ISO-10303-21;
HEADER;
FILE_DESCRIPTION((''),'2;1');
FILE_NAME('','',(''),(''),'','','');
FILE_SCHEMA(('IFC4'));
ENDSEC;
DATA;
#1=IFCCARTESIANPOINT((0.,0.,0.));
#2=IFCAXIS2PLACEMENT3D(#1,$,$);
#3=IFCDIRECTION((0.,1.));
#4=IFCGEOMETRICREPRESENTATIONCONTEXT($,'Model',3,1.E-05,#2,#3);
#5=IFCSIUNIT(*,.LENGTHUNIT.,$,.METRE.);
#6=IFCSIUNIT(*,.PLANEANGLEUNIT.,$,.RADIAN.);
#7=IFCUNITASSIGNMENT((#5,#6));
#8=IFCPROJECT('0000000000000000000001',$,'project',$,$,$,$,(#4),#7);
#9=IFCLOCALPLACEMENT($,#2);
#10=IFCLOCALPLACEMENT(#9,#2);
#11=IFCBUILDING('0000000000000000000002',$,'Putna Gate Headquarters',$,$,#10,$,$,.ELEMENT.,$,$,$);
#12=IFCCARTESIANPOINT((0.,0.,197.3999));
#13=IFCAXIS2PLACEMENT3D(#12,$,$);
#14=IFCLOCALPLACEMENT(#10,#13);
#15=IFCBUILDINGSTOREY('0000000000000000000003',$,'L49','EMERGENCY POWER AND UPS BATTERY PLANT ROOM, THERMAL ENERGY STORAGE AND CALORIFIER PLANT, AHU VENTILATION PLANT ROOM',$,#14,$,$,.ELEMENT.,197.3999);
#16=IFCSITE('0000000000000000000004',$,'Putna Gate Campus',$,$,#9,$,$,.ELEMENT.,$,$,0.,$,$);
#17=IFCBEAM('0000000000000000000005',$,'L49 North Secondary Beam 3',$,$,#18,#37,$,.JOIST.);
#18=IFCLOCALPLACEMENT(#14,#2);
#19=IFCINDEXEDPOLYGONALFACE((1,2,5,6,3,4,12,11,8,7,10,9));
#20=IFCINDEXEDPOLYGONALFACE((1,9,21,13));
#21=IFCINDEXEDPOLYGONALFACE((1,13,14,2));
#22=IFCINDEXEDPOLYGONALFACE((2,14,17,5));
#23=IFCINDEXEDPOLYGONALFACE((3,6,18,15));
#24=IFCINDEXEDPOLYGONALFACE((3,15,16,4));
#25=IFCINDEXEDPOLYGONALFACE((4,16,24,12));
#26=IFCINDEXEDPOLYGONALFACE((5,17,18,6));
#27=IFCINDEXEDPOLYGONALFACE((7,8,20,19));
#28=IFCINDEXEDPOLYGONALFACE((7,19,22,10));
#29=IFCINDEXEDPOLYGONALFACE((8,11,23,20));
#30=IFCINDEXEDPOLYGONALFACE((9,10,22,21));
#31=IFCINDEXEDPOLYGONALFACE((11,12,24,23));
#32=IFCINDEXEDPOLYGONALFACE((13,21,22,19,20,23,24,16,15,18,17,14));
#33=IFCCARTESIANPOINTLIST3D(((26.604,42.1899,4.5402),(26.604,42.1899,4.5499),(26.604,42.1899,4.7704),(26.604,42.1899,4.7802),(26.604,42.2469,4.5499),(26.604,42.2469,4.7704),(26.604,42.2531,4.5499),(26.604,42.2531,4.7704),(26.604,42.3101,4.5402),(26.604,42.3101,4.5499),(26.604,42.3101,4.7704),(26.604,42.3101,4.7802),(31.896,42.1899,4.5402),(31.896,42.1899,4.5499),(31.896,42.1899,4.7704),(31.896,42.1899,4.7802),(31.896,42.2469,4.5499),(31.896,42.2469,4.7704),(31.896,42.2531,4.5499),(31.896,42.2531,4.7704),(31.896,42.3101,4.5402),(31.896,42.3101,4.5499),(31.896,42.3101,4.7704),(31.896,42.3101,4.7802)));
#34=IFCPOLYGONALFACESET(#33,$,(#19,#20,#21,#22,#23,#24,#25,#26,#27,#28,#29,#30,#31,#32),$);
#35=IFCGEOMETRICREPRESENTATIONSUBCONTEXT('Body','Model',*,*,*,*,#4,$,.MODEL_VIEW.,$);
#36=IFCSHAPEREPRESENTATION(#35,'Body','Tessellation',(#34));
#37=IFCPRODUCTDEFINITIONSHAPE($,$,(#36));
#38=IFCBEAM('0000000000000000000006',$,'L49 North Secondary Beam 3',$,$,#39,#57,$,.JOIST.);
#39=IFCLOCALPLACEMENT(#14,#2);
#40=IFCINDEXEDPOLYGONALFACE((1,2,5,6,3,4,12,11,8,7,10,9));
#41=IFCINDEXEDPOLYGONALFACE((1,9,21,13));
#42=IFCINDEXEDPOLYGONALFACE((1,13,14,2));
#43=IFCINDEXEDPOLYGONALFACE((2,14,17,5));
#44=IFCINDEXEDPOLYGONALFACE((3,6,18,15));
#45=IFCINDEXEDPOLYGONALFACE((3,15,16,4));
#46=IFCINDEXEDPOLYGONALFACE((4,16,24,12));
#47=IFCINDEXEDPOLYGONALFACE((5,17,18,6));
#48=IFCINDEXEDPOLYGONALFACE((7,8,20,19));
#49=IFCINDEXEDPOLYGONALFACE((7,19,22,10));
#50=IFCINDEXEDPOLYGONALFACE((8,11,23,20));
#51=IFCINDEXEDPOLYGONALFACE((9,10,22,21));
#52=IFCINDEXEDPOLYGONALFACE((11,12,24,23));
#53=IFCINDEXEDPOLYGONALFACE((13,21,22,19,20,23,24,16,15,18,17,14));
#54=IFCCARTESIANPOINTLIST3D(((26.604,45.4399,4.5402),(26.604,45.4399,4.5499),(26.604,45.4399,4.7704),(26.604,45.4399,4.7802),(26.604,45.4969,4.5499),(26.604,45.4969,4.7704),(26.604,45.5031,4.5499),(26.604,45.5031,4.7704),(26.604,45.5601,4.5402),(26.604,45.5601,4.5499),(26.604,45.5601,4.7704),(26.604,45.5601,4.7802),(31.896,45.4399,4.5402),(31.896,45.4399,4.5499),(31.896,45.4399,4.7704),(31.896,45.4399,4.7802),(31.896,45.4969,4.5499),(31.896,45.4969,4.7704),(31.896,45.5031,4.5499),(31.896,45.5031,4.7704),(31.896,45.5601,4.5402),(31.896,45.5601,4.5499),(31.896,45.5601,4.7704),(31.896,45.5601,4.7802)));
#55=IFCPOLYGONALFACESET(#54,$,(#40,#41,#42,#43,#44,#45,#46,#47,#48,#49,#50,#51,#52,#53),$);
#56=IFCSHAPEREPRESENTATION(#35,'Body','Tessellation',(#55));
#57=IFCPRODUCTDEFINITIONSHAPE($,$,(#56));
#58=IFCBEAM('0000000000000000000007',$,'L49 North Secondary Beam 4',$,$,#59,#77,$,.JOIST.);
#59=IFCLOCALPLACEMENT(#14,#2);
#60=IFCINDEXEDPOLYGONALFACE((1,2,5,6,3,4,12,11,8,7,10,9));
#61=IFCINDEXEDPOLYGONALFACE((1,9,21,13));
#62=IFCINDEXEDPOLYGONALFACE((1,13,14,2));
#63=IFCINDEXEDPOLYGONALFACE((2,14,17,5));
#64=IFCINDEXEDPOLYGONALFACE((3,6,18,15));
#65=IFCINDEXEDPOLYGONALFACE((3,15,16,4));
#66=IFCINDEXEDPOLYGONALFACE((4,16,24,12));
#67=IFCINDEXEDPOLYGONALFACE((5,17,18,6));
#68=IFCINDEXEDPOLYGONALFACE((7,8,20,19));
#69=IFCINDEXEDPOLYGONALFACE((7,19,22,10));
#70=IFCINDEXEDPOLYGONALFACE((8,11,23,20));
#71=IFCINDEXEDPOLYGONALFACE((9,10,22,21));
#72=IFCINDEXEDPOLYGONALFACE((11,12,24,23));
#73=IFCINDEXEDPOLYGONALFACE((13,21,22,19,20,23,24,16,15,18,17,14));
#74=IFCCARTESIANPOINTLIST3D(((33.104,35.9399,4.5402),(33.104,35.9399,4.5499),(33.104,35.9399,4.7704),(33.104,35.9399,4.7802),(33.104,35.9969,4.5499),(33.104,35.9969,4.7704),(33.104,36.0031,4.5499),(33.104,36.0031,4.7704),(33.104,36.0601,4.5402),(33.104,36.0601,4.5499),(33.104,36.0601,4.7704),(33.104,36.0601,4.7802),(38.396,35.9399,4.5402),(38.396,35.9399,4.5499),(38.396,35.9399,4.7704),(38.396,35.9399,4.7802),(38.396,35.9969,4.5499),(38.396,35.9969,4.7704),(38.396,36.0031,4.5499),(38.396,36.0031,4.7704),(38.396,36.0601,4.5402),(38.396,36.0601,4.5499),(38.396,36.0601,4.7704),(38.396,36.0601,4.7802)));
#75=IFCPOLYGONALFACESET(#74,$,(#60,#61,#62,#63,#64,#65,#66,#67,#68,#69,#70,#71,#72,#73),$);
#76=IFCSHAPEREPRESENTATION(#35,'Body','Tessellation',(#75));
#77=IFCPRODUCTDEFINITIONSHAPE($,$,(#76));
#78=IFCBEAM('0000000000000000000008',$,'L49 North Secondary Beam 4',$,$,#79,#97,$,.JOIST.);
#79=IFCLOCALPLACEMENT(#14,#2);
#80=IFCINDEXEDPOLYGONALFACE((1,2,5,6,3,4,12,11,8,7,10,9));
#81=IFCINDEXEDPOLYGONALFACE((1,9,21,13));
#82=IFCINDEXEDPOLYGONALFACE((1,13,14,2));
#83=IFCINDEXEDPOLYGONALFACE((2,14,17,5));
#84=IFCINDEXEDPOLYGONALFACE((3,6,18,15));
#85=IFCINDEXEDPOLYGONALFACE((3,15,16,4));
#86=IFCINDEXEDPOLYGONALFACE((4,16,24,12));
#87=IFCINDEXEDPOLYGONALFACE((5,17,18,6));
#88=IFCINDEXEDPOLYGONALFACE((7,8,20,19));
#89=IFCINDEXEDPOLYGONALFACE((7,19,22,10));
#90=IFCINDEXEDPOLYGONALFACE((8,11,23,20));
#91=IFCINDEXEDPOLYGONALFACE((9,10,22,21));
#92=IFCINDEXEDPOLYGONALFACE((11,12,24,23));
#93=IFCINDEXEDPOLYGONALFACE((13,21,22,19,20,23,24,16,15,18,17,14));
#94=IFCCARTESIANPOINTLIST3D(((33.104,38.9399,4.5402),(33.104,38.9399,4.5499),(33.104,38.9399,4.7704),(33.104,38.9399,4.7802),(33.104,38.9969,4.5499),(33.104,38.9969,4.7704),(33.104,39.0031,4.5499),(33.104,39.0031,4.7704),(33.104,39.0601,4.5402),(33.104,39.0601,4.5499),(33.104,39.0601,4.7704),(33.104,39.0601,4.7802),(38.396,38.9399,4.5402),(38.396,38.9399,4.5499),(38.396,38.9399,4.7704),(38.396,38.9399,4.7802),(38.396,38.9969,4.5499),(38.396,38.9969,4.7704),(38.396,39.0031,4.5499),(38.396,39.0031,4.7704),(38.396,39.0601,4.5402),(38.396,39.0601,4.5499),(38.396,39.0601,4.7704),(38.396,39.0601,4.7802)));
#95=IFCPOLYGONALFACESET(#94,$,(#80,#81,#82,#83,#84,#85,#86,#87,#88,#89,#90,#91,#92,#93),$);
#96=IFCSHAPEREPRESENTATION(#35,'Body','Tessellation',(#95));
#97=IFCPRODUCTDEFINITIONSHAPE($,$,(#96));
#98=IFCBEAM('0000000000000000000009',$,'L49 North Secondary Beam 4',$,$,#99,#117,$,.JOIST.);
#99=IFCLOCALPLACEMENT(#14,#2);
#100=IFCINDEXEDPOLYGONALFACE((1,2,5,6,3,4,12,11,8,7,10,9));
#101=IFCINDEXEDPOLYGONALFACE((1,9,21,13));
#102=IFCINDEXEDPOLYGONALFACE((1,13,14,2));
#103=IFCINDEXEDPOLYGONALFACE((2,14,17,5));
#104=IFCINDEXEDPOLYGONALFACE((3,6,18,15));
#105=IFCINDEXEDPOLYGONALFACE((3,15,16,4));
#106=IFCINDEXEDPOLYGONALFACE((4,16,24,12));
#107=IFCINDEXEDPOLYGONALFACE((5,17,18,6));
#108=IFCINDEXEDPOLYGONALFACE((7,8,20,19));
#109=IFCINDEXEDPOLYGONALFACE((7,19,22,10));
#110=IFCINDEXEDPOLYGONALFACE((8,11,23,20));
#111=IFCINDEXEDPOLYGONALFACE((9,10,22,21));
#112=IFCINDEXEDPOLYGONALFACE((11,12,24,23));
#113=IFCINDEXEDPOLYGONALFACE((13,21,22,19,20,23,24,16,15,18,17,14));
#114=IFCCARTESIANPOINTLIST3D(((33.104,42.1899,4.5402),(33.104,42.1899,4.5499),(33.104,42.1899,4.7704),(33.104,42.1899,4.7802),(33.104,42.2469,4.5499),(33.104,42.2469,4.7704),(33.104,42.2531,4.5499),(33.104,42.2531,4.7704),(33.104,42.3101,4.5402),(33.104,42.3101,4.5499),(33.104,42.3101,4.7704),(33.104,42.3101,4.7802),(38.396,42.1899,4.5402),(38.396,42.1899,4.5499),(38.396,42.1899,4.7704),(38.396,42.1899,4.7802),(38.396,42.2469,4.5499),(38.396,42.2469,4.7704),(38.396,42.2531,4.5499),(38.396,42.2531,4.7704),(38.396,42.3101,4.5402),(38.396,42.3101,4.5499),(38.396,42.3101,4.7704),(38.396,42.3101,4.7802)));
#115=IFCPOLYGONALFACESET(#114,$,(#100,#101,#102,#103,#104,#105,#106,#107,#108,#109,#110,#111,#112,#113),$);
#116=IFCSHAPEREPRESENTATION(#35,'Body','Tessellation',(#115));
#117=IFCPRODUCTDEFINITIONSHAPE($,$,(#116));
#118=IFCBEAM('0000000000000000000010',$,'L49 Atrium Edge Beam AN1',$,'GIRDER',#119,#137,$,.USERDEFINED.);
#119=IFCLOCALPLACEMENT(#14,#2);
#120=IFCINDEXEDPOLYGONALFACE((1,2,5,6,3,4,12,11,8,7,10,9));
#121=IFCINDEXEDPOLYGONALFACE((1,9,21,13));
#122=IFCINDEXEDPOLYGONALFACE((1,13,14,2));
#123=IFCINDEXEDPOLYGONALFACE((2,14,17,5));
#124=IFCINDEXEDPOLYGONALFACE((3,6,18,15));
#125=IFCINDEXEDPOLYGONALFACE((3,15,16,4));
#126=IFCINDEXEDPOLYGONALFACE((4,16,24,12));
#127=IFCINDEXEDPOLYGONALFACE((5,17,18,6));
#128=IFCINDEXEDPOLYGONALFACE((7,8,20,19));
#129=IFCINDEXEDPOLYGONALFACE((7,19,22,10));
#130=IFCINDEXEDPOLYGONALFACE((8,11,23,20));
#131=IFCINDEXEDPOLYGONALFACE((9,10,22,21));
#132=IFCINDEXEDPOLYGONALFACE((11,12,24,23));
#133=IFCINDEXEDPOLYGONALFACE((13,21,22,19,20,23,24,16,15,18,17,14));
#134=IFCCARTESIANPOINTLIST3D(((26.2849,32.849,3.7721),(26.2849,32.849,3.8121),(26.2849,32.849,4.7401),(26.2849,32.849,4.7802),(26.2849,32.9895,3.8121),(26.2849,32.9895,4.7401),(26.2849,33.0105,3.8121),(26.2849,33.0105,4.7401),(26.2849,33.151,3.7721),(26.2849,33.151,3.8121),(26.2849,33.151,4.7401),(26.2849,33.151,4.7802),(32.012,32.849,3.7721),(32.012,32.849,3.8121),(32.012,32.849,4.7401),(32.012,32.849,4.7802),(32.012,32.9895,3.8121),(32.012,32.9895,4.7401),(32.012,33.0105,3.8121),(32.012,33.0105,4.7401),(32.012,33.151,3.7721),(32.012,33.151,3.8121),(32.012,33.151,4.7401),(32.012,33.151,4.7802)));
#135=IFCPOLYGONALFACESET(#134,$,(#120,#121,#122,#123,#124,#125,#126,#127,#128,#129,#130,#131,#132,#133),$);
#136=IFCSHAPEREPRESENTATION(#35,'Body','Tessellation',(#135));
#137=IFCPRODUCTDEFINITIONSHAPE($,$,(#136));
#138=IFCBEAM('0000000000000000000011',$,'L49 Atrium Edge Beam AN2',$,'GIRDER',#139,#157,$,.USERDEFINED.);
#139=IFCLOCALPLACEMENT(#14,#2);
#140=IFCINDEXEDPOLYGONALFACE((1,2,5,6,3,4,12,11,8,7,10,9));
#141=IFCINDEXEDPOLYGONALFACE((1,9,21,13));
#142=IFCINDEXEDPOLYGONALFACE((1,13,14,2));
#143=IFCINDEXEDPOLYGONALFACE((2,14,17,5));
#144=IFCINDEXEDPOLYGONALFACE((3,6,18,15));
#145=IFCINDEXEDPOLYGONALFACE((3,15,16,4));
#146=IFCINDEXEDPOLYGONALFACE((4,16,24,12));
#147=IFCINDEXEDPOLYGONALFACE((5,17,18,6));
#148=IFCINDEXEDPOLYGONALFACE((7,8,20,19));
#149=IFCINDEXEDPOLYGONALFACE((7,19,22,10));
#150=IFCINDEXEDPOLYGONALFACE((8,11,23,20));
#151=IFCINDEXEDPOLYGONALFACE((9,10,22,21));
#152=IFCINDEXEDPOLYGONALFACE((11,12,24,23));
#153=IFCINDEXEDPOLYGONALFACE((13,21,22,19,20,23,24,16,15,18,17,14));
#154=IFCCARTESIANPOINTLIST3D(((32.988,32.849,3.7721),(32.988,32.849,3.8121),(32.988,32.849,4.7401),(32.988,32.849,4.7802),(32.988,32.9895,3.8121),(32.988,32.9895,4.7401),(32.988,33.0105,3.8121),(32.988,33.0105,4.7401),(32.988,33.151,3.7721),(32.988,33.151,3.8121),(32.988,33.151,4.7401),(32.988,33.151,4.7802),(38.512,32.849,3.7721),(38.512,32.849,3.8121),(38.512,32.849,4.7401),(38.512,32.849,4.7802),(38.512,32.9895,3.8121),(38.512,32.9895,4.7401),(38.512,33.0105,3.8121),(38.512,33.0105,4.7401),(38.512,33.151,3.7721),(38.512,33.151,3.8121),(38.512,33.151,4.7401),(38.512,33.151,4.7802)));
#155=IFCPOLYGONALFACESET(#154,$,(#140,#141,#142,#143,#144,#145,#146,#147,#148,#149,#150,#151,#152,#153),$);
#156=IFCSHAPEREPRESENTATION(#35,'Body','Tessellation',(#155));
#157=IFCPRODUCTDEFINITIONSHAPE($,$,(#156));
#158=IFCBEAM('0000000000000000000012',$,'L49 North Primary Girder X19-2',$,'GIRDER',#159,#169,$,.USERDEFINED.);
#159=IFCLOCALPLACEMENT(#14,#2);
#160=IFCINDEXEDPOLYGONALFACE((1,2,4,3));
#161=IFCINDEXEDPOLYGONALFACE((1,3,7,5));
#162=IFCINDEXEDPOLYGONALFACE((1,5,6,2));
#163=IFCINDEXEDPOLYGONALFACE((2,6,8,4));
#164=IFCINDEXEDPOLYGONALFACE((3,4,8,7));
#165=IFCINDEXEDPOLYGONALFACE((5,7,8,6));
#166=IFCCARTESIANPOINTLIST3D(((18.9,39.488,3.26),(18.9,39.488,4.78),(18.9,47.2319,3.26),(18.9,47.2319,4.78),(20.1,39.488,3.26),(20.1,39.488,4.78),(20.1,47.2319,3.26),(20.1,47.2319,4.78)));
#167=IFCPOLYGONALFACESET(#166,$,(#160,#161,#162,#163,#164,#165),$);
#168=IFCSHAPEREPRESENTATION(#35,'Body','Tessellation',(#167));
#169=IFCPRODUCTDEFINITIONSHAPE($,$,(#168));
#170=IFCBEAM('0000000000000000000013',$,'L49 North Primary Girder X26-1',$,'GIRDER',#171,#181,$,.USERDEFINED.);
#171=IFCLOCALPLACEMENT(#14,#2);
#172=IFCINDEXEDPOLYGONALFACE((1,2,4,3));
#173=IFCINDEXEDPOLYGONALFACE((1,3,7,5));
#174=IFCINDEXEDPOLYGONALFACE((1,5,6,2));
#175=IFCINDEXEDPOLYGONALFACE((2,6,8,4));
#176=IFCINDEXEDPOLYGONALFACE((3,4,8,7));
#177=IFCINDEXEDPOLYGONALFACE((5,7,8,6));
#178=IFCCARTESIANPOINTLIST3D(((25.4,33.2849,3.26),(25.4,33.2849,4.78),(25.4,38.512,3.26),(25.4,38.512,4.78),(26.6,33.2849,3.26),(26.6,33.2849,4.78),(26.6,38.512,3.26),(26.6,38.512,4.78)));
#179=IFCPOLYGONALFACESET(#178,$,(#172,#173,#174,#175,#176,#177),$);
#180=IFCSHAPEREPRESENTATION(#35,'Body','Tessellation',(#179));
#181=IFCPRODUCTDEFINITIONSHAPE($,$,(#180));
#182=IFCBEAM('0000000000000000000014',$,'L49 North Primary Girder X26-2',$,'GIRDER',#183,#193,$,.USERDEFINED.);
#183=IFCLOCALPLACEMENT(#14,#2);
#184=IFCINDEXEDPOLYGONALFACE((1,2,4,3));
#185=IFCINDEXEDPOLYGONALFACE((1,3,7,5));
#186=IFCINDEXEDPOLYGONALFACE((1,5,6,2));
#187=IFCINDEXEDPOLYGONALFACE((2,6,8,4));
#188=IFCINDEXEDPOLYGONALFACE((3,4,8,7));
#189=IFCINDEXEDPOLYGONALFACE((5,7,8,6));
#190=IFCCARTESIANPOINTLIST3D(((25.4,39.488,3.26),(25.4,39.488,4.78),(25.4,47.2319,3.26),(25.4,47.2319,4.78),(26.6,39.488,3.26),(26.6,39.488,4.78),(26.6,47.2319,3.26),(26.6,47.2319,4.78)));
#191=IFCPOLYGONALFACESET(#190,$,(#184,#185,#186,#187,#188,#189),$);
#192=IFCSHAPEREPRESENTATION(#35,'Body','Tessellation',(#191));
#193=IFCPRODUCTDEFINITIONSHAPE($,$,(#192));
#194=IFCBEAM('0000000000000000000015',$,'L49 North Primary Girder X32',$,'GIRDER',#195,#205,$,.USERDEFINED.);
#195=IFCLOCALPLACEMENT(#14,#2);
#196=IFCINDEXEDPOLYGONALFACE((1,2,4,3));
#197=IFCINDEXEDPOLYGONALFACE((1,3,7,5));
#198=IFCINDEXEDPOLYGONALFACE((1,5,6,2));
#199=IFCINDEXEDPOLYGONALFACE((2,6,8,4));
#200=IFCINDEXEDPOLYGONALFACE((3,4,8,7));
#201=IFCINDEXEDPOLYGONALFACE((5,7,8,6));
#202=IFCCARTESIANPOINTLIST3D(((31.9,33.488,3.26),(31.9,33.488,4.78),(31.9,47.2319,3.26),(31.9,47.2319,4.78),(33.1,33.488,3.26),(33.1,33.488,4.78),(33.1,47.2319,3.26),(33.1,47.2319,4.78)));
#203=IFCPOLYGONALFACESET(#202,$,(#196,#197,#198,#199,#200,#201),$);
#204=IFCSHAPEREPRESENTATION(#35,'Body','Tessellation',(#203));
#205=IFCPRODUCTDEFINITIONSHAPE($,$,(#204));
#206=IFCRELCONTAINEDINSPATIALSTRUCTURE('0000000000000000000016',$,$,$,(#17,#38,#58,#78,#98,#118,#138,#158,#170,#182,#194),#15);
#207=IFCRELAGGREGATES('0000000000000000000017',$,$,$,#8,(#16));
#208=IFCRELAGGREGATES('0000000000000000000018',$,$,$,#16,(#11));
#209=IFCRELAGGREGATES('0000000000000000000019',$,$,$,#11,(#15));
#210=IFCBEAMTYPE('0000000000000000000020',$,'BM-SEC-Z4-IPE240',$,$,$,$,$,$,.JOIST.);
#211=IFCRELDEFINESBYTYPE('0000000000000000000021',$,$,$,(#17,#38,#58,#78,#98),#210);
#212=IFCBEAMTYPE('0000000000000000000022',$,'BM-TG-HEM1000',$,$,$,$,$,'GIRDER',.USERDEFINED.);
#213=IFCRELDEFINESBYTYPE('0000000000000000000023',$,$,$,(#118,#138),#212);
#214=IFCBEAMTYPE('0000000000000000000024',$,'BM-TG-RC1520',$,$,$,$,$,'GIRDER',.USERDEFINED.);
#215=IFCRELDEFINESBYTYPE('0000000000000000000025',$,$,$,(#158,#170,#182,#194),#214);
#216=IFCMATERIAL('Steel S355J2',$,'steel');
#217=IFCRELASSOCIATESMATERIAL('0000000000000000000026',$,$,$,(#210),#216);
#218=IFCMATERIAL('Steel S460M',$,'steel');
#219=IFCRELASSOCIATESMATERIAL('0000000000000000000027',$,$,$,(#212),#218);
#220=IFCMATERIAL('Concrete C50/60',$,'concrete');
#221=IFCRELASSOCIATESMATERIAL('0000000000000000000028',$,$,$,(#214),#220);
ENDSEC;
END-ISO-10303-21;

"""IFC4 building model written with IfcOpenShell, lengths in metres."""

from ifc_helpers import new_model, si_unit, direction, frame, origin, origin_2d, place, context, subcontext, project, spatial, rectangle, i_section, extrude, material, material_profile, profile_set, type_object, element, save


model = new_model("IFC4")

# Units and contexts
model_context = context("Model", 3, precision=1e-05, world=origin(), true_north=direction((0.0, 1.0)))
body_context = subcontext(model_context, "Body", "Model", "MODEL_VIEW")
ifc_project = project(units=[si_unit("LENGTHUNIT", "METRE"), si_unit("PLANEANGLEUNIT", "RADIAN")], contexts=[model_context])

# Site, building, storey
site_placement = place(None, origin())
site = spatial("IfcSite", under=ifc_project, at=site_placement, Name="Putna Gate Campus", CompositionType="ELEMENT", RefElevation=0.0)
building_placement = place(site_placement, origin())
building = spatial("IfcBuilding", under=site, at=building_placement, Name="Putna Gate Headquarters", CompositionType="ELEMENT")
storey_placement = place(building_placement, frame((0.0, 0.0, 197.3999)))
storey = spatial("IfcBuildingStorey", under=building, at=storey_placement, Name="L49", Description="EMERGENCY POWER AND UPS BATTERY PLANT ROOM, THERMAL ENERGY STORAGE AND CALORIFIER PLANT, AHU VENTILATION PLANT ROOM", CompositionType="ELEMENT", Elevation=197.3999)

# Shared definitions
ifc_material_1 = material(Name="Concrete C50/60", Category="concrete")

# Beams
ifc_material_2 = material(Name="Steel S355J2", Category="steel")
ifc_material_profile_1 = material_profile(ifc_material_2, i_section(OverallWidth=0.1201, OverallDepth=0.24, WebThickness=0.0061, FlangeThickness=0.0098, at=origin_2d()), Name="Steel S355J2")
ifc_profile_set_1 = profile_set([ifc_material_profile_1], Name="Steel S355J2")
beam_type_1 = type_object("IfcBeamType", Name="BM-SEC-Z4-IPE240", PredefinedType="JOIST", material=ifc_profile_set_1)
for number, where, z_axis, x_axis, name in (
    (1, (26.604, 42.25, 4.6602), (1.0, 0.0, 0.0), (0.0, 1.0, 0.0), "L49 North Secondary Beam 3"),
    (2, (26.604, 45.5, 4.6602), (1.0, 0.0, 0.0), (0.0, 1.0, 0.0), "L49 North Secondary Beam 3"),
    (3, (33.104, 36.0, 4.6602), (1.0, 0.0, 0.0), (0.0, 1.0, 0.0), "L49 North Secondary Beam 4"),
    (4, (33.104, 39.0, 4.6602), (1.0, 0.0, 0.0), (0.0, 1.0, 0.0), "L49 North Secondary Beam 4"),
    (5, (33.104, 42.25, 4.6602), (1.0, 0.0, 0.0), (0.0, 1.0, 0.0), "L49 North Secondary Beam 4"),
):
    element("IfcBeam", number, at=place(storey_placement, frame(where, z_axis=z_axis, x_axis=x_axis)), inside=storey, type_object=beam_type_1, Name=name, PredefinedType="JOIST", context=body_context, shape_type="SweptSolid", body=[
        extrude(i_section(OverallWidth=0.1201, OverallDepth=0.24, WebThickness=0.0061, FlangeThickness=0.0098, at=origin_2d()), origin(), (0.0, 0.0, 1.0), 5.292),
    ])
ifc_material_3 = material(Name="Steel S460M", Category="steel")
ifc_material_profile_2 = material_profile(ifc_material_3, i_section(OverallWidth=0.302, OverallDepth=1.0081, WebThickness=0.021, FlangeThickness=0.04, at=origin_2d()), Name="Steel S460M")
ifc_profile_set_2 = profile_set([ifc_material_profile_2], Name="Steel S460M")
beam_type_2 = type_object("IfcBeamType", Name="BM-TG-HEM1000", ElementType="GIRDER", PredefinedType="USERDEFINED", material=ifc_profile_set_2)
beam_1_placement = place(storey_placement, frame((26.2849, 33.0, 4.2761), z_axis=(1.0, 0.0, 0.0), x_axis=(0.0, 1.0, 0.0)))
element("IfcBeam", 6, at=beam_1_placement, inside=storey, type_object=beam_type_2, Name="L49 Atrium Edge Beam AN1", ObjectType="GIRDER", PredefinedType="USERDEFINED", context=body_context, shape_type="SweptSolid", body=[
    extrude(i_section(OverallWidth=0.302, OverallDepth=1.0081, WebThickness=0.021, FlangeThickness=0.04, at=origin_2d()), origin(), (0.0, 0.0, 1.0), 5.7271),
])
beam_2_placement = place(storey_placement, frame((32.988, 33.0, 4.2761), z_axis=(1.0, 0.0, 0.0), x_axis=(0.0, 1.0, 0.0)))
element("IfcBeam", 7, at=beam_2_placement, inside=storey, type_object=beam_type_2, Name="L49 Atrium Edge Beam AN2", ObjectType="GIRDER", PredefinedType="USERDEFINED", context=body_context, shape_type="SweptSolid", body=[
    extrude(i_section(OverallWidth=0.302, OverallDepth=1.0081, WebThickness=0.021, FlangeThickness=0.04, at=origin_2d()), origin(), (0.0, 0.0, 1.0), 5.5239),
])
ifc_material_profile_3 = material_profile(ifc_material_1, rectangle(XDim=1.2, YDim=1.52, at=origin_2d()), Name="Concrete C50/60")
ifc_profile_set_3 = profile_set([ifc_material_profile_3], Name="Concrete C50/60")
beam_type_3 = type_object("IfcBeamType", Name="BM-TG-RC1520", ElementType="GIRDER", PredefinedType="USERDEFINED", material=ifc_profile_set_3)
beam_3_placement = place(storey_placement, frame((19.5, 39.488, 4.02), z_axis=(0.0, 1.0, 0.0), x_axis=(-1.0, 0.0, 0.0)))
element("IfcBeam", 8, at=beam_3_placement, inside=storey, type_object=beam_type_3, Name="L49 North Primary Girder X19-2", ObjectType="GIRDER", PredefinedType="USERDEFINED", context=body_context, shape_type="SweptSolid", body=[
    extrude(rectangle(XDim=1.2, YDim=1.52, at=origin_2d()), origin(), (0.0, 0.0, 1.0), 7.7439),
])
beam_4_placement = place(storey_placement, frame((26.0, 33.2849, 4.02), z_axis=(0.0, 1.0, 0.0), x_axis=(-1.0, 0.0, 0.0)))
element("IfcBeam", 9, at=beam_4_placement, inside=storey, type_object=beam_type_3, Name="L49 North Primary Girder X26-1", ObjectType="GIRDER", PredefinedType="USERDEFINED", context=body_context, shape_type="SweptSolid", body=[
    extrude(rectangle(XDim=1.2, YDim=1.52, at=origin_2d()), origin(), (0.0, 0.0, 1.0), 5.2271),
])
beam_5_placement = place(storey_placement, frame((26.0, 39.488, 4.02), z_axis=(0.0, 1.0, 0.0), x_axis=(-1.0, 0.0, 0.0)))
element("IfcBeam", 10, at=beam_5_placement, inside=storey, type_object=beam_type_3, Name="L49 North Primary Girder X26-2", ObjectType="GIRDER", PredefinedType="USERDEFINED", context=body_context, shape_type="SweptSolid", body=[
    extrude(rectangle(XDim=1.2, YDim=1.52, at=origin_2d()), origin(), (0.0, 0.0, 1.0), 7.7439),
])
beam_6_placement = place(storey_placement, frame((32.5, 33.488, 4.02), z_axis=(0.0, 1.0, 0.0), x_axis=(-1.0, 0.0, 0.0)))
element("IfcBeam", 11, at=beam_6_placement, inside=storey, type_object=beam_type_3, Name="L49 North Primary Girder X32", ObjectType="GIRDER", PredefinedType="USERDEFINED", context=body_context, shape_type="SweptSolid", body=[
    extrude(rectangle(XDim=1.2, YDim=1.52, at=origin_2d()), origin(), (0.0, 0.0, 1.0), 13.7439),
])

save(model, "model.ifc")
